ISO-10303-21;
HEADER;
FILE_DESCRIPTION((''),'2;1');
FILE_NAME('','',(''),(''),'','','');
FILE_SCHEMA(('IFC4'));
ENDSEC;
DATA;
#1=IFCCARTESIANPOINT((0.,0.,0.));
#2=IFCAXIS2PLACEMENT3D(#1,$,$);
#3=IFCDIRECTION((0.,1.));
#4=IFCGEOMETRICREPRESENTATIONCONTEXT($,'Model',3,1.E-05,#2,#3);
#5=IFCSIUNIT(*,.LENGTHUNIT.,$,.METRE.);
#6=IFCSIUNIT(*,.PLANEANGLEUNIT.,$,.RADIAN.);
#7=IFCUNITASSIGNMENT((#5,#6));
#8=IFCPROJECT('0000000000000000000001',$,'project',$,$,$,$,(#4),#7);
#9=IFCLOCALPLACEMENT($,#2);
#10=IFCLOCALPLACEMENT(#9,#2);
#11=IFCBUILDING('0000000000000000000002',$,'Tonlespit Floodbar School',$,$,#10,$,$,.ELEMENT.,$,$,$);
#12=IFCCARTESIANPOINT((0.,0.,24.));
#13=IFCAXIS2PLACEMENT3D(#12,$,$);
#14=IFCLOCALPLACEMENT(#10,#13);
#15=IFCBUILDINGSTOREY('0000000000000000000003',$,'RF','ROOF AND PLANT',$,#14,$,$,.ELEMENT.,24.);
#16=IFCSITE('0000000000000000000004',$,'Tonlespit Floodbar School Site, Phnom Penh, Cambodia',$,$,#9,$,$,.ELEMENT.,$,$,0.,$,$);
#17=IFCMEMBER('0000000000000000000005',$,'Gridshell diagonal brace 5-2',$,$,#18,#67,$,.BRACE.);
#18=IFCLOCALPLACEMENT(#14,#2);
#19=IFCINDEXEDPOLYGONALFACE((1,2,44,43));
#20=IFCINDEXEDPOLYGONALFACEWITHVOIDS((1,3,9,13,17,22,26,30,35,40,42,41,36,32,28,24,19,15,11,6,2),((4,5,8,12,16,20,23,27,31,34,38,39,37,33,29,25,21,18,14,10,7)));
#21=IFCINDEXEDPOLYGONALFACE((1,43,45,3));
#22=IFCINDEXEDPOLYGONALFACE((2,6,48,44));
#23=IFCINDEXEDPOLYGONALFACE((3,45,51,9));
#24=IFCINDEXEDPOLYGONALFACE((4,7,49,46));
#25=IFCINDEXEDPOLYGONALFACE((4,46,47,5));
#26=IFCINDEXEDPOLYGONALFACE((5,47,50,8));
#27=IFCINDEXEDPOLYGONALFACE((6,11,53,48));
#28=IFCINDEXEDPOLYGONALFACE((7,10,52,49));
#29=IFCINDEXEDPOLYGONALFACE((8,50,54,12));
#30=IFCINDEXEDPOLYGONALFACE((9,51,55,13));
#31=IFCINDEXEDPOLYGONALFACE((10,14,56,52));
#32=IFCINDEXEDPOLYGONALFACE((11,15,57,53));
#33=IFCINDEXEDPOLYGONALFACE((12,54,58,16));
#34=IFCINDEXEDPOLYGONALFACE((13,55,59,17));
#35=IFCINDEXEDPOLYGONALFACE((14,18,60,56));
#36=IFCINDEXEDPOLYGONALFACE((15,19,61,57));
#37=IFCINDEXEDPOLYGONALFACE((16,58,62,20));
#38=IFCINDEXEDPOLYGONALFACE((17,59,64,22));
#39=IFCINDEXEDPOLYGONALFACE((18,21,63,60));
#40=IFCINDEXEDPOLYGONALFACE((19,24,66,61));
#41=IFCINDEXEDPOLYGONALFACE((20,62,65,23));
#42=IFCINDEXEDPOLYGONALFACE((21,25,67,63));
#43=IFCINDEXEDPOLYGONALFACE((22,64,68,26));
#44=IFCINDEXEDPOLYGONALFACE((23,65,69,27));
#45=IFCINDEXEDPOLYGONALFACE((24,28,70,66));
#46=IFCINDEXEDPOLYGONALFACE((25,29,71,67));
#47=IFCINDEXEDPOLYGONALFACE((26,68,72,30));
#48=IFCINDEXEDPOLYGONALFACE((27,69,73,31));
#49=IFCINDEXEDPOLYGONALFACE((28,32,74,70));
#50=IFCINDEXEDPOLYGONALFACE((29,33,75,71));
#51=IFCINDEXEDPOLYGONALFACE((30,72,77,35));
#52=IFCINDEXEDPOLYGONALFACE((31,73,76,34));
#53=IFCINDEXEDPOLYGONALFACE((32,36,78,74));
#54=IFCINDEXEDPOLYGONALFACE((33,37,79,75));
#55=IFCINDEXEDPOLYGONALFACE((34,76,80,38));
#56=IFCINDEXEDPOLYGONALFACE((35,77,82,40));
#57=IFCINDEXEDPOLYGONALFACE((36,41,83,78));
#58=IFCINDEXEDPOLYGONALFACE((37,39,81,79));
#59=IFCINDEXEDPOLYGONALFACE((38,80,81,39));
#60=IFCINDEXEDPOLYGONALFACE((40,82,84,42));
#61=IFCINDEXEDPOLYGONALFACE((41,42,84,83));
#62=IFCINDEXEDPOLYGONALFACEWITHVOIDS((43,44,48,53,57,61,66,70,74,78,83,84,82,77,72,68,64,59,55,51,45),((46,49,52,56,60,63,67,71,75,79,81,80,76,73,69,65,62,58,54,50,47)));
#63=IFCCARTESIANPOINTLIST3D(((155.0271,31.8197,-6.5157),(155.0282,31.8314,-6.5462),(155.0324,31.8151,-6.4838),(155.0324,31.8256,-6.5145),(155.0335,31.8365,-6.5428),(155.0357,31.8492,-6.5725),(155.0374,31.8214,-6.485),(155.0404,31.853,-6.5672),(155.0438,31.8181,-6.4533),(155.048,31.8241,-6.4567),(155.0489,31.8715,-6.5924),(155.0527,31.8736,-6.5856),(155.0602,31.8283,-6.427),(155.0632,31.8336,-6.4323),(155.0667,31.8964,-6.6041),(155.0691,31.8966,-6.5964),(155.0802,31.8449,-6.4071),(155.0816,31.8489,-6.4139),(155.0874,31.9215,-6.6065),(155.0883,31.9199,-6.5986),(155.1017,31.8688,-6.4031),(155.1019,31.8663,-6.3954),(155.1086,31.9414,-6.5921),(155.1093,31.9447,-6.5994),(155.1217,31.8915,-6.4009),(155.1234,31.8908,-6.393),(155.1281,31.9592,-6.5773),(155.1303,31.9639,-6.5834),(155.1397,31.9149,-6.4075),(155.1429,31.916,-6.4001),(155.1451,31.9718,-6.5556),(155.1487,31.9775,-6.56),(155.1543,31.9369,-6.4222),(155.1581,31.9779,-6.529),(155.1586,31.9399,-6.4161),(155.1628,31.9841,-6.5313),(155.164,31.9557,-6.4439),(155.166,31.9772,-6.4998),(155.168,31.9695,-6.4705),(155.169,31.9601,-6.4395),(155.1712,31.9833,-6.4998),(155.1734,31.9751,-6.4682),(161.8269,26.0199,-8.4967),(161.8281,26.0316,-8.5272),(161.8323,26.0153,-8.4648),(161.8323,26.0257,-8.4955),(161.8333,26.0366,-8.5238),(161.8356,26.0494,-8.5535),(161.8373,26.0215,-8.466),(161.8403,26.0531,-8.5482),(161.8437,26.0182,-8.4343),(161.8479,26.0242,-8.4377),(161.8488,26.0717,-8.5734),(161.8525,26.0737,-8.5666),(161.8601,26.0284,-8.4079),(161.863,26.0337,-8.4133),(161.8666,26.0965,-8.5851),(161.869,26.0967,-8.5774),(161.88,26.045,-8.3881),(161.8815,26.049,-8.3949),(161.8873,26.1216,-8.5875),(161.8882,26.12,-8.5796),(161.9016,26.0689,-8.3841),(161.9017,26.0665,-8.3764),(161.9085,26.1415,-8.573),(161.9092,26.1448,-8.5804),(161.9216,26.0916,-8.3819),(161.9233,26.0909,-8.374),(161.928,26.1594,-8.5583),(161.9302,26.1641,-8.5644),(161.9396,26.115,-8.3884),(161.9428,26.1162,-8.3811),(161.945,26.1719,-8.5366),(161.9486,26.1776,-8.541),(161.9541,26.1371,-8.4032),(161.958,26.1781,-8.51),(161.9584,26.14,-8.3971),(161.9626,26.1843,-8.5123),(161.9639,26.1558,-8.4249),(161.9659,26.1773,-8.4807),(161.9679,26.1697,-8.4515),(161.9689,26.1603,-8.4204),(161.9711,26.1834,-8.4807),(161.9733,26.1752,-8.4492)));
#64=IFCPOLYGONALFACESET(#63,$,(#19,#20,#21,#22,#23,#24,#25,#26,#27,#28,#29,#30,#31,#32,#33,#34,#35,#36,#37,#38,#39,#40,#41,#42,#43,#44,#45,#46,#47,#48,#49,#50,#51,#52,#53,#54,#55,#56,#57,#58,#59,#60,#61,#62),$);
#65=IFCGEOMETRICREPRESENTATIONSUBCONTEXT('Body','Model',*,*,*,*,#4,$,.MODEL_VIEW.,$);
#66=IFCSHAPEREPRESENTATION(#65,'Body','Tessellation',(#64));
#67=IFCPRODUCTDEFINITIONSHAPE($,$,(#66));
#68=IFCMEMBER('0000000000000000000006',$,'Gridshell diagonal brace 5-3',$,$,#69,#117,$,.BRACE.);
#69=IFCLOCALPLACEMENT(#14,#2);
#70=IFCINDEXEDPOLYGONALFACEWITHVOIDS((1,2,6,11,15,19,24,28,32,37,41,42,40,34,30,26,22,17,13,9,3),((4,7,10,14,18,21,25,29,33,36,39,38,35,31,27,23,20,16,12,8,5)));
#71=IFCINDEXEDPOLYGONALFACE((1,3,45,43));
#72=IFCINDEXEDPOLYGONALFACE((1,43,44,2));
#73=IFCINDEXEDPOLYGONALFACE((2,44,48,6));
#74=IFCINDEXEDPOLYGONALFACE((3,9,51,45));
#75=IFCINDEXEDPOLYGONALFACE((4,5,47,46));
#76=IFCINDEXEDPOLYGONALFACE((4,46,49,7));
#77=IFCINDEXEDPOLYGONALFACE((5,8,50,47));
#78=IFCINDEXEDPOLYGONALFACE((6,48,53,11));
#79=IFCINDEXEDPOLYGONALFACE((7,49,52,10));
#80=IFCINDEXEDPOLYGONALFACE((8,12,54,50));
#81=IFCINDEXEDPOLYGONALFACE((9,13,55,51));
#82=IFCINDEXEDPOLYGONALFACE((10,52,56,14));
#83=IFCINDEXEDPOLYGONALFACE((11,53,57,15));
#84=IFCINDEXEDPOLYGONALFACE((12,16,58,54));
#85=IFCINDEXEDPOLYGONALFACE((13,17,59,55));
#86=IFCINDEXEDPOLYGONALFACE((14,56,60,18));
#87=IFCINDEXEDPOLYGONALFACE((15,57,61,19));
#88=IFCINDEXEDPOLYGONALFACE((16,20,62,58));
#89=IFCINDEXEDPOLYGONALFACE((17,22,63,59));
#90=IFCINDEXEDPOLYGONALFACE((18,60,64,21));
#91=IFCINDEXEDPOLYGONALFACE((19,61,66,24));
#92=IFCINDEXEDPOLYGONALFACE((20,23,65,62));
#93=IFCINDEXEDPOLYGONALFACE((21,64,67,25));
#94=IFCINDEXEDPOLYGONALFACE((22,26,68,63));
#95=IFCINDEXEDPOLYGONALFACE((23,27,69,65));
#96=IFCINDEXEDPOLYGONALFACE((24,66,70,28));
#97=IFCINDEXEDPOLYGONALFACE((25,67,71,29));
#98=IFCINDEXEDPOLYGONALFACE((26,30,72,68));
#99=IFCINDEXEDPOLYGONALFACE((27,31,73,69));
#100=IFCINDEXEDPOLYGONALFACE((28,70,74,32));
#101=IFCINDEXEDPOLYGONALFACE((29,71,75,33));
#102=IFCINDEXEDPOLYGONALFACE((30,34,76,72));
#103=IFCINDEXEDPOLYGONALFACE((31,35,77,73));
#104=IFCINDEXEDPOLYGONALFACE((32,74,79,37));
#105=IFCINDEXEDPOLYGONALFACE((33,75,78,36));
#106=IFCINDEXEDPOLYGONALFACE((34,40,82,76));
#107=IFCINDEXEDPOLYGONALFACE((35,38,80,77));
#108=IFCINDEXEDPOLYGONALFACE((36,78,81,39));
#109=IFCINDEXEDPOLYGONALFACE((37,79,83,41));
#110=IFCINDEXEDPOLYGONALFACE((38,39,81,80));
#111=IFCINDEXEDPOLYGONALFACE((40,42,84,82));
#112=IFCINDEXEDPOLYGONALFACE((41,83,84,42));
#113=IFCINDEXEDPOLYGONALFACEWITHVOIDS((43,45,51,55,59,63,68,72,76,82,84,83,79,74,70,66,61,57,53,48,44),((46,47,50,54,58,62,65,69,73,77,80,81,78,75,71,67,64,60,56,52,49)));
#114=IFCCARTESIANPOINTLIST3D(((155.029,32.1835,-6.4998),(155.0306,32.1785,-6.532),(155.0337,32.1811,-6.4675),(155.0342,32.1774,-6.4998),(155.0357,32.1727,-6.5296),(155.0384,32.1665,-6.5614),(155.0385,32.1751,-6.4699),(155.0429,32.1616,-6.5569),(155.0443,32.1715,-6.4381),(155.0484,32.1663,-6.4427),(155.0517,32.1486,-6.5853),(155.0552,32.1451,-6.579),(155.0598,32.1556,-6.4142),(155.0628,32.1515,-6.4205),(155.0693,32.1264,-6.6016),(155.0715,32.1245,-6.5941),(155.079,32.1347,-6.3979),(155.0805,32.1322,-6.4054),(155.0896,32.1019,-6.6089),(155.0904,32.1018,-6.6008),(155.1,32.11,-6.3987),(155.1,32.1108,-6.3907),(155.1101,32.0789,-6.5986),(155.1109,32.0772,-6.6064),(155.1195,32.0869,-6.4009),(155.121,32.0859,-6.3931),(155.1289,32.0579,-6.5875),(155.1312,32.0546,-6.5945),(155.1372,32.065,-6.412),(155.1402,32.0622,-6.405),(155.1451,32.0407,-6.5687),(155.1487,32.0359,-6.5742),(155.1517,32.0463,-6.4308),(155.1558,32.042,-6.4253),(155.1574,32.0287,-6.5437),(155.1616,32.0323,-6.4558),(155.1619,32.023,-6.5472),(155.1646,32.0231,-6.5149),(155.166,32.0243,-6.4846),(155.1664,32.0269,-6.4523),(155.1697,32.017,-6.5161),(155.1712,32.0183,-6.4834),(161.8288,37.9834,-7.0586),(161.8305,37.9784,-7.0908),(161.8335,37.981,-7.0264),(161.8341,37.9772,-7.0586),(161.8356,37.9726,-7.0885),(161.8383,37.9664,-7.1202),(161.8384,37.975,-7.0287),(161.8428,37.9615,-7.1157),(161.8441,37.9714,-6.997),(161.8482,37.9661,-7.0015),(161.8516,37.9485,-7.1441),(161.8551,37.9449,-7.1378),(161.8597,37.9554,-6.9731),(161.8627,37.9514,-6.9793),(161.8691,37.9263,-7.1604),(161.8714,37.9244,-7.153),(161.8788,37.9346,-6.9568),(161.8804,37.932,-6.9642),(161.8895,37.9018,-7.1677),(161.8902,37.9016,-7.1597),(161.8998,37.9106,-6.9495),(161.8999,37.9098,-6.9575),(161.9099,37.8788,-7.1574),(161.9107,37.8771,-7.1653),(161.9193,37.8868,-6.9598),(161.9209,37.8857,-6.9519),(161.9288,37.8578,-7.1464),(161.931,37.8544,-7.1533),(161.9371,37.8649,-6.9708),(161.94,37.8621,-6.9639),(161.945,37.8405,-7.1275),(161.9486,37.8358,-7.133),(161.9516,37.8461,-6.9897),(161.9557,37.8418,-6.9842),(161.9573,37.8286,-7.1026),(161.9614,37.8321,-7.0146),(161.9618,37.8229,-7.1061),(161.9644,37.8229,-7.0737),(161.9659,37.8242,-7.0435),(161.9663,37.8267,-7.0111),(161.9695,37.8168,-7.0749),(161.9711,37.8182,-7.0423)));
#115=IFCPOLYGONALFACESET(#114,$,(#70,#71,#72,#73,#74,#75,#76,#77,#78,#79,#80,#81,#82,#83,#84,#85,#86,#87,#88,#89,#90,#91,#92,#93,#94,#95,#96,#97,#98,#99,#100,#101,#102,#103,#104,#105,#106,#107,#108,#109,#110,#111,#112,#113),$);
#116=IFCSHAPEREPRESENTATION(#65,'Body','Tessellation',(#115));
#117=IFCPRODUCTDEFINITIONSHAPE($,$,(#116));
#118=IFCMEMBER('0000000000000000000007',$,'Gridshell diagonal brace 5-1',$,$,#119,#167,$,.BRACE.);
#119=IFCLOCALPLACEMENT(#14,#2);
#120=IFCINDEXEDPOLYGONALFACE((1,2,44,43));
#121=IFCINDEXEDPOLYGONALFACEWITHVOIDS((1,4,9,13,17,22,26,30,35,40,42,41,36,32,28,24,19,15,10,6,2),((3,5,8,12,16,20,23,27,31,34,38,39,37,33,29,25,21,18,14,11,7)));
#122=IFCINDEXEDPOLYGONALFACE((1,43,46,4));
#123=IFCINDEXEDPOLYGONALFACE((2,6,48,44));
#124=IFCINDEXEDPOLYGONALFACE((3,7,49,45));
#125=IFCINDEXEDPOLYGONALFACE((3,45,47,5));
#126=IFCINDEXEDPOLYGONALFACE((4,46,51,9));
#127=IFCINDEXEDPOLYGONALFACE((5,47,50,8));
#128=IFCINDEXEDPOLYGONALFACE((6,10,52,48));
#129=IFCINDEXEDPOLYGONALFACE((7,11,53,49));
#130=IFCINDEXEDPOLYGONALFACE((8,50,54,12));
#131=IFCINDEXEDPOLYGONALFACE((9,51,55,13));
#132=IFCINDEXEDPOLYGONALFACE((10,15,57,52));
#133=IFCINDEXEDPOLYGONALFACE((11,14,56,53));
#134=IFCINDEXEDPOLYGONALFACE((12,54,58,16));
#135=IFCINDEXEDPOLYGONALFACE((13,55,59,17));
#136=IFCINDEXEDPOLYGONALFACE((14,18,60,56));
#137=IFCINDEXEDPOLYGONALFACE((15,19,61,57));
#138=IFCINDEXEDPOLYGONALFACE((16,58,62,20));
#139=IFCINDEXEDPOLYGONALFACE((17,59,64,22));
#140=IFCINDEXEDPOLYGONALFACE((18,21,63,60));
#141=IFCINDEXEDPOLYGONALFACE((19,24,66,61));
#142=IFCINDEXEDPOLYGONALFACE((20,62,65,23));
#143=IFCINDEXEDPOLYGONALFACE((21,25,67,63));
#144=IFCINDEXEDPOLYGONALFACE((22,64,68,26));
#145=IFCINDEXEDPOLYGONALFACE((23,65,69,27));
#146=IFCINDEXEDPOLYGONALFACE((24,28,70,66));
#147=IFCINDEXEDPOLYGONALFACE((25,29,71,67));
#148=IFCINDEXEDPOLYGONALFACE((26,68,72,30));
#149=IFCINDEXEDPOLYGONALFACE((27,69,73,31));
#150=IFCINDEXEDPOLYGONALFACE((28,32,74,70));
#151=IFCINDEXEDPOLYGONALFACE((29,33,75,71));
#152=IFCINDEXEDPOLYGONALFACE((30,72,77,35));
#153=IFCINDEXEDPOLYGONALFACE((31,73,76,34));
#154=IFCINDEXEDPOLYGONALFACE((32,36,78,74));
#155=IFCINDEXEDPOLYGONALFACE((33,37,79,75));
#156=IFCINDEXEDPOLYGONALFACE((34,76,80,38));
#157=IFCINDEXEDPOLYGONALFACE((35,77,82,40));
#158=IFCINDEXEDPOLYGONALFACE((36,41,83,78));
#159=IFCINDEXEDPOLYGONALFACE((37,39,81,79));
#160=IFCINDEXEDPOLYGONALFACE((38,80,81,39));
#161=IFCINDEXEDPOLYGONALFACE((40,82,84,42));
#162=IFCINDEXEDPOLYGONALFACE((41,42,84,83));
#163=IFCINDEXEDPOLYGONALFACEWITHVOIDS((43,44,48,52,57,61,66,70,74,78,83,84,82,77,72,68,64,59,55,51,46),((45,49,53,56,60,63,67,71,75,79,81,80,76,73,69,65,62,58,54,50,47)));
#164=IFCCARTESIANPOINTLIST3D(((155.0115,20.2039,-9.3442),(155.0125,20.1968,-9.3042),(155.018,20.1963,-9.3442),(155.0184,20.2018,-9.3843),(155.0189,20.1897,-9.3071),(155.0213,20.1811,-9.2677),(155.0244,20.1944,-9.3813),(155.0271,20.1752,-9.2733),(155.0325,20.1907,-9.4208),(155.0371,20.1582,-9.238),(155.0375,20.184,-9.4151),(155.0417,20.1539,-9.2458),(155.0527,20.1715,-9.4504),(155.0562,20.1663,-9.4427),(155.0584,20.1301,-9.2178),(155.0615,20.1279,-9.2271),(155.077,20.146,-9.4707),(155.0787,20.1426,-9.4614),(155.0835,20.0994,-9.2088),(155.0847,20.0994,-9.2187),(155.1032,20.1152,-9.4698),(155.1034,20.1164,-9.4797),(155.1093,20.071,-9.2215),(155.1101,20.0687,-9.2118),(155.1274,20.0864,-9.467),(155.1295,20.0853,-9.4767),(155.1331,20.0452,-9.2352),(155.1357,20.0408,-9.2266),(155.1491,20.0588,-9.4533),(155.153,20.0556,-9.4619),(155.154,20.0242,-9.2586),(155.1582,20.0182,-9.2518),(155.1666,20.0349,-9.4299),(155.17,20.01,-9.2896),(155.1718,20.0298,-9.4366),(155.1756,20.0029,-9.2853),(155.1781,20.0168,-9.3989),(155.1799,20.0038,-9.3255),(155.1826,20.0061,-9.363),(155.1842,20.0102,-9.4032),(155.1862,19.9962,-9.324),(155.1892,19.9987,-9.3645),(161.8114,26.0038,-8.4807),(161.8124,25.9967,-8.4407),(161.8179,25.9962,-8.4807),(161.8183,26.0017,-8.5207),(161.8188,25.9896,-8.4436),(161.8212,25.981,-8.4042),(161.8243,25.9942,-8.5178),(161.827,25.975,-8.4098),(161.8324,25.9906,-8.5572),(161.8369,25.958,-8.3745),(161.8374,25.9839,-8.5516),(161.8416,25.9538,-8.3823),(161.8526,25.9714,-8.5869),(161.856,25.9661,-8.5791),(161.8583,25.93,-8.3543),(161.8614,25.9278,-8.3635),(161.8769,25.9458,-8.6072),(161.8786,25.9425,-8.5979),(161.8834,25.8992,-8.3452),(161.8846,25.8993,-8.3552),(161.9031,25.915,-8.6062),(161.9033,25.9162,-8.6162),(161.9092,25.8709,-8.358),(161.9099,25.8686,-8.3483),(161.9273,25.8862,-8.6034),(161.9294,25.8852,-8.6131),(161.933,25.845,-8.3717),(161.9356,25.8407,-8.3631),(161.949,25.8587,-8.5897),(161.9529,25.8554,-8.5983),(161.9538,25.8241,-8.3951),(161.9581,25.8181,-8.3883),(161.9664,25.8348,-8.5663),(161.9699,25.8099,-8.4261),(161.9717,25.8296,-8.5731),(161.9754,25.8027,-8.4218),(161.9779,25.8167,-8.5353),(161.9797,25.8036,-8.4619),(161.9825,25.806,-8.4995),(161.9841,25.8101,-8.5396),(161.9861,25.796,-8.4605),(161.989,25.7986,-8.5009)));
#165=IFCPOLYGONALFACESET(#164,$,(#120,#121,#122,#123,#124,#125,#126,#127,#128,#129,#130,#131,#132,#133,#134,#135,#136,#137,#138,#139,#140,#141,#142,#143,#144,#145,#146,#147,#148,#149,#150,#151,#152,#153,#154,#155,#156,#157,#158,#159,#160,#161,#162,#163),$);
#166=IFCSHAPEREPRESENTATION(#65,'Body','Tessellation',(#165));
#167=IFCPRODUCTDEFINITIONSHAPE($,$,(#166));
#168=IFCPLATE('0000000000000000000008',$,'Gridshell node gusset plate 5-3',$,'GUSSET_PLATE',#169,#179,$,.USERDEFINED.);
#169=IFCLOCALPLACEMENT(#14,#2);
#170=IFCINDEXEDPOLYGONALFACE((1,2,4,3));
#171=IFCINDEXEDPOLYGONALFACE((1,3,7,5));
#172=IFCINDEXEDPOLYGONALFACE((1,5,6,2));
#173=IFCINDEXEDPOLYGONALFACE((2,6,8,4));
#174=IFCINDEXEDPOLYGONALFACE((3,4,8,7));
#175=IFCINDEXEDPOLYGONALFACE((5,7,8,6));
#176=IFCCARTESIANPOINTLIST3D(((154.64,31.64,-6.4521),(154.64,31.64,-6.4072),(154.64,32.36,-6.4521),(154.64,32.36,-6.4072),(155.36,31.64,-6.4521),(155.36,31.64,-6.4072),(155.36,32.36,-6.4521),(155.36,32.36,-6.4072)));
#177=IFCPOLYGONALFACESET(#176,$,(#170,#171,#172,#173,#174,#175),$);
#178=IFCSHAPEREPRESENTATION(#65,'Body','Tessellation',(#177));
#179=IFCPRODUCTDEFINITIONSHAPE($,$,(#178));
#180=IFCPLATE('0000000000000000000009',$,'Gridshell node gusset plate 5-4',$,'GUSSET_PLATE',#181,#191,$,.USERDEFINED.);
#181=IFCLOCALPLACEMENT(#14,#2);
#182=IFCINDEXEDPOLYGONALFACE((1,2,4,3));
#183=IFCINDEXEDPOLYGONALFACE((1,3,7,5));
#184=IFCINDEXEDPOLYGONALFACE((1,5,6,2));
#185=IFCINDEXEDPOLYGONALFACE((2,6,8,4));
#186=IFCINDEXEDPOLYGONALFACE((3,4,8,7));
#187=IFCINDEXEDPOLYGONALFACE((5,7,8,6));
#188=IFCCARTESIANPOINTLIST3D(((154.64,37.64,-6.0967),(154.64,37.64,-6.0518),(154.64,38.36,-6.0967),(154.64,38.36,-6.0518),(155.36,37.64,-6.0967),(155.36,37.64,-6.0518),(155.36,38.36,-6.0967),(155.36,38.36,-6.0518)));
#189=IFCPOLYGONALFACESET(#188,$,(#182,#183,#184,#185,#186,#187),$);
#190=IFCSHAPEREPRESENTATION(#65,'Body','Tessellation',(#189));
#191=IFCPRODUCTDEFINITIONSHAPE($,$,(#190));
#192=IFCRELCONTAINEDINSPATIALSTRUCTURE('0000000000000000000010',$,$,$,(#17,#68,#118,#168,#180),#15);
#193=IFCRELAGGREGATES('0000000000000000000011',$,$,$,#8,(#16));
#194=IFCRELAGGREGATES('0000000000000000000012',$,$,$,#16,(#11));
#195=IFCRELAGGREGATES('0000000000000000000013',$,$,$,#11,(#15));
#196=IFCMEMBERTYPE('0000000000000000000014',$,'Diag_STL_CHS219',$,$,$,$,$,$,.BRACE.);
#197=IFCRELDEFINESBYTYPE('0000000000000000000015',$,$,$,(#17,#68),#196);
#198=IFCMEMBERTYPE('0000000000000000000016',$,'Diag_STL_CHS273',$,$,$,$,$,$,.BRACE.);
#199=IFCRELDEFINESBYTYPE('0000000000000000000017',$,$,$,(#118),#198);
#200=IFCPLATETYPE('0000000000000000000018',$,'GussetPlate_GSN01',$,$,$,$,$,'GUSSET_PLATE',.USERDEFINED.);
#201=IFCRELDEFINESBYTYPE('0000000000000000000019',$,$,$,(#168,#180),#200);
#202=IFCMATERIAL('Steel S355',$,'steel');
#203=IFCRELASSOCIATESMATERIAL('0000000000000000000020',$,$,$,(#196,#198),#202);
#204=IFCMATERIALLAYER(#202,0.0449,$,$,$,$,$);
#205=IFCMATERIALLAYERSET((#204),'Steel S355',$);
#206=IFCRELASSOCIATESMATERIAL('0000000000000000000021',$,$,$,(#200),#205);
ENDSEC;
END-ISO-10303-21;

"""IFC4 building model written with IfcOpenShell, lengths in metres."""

from ifc_helpers import new_model, si_unit, direction, frame, origin, origin_2d, place, context, subcontext, project, spatial, rectangle, hollow_circle, extrude, material, layer, layer_set, material_profile, profile_set, type_object, element, save


model = new_model("IFC4")

# Units and contexts
model_context = context("Model", 3, precision=1e-05, world=origin(), true_north=direction((0.0, 1.0)))
body_context = subcontext(model_context, "Body", "Model", "MODEL_VIEW")
ifc_project = project(units=[si_unit("LENGTHUNIT", "METRE"), si_unit("PLANEANGLEUNIT", "RADIAN")], contexts=[model_context])

# Site, building, storey
site_placement = place(None, origin())
site = spatial("IfcSite", under=ifc_project, at=site_placement, Name="Tonlespit Floodbar School Site, Phnom Penh, Cambodia", CompositionType="ELEMENT", RefElevation=0.0)
building_placement = place(site_placement, origin())
building = spatial("IfcBuilding", under=site, at=building_placement, Name="Tonlespit Floodbar School", CompositionType="ELEMENT")
storey_placement = place(building_placement, frame((0.0, 0.0, 24.0)))
storey = spatial("IfcBuildingStorey", under=building, at=storey_placement, Name="RF", Description="ROOF AND PLANT", CompositionType="ELEMENT", Elevation=24.0)

# Members
ifc_material_1 = material(Name="Steel S355", Category="steel")
ifc_material_profile_1 = material_profile(ifc_material_1, hollow_circle(Radius=0.1096, WallThickness=0.0081, at=origin_2d()), Name="CHS 219.1x8")
ifc_profile_set_1 = profile_set([ifc_material_profile_1], Name="Steel S355")
member_type_1 = type_object("IfcMemberType", Name="Diag_STL_CHS219", PredefinedType="BRACE", material=ifc_profile_set_1)
member_1_placement = place(storey_placement, frame((155.1001, 31.8999, -6.4998), z_axis=(0.742808, -0.633568, -0.216399), x_axis=(0.648945, 0.760836, 0.0)))
element("IfcMember", 1, at=member_1_placement, inside=storey, type_object=member_type_1, Name="Gridshell diagonal brace 5-2", PredefinedType="BRACE", context=body_context, shape_type="SweptSolid", body=[
    extrude(hollow_circle(Radius=0.1096, WallThickness=0.0081, at=origin_2d()), origin(), (0.0, 0.0, 1.0), 9.1543),
])
member_2_placement = place(storey_placement, frame((155.1001, 32.1001, -6.4998), z_axis=(0.759353, 0.64768, -0.062407), x_axis=(-0.648945, 0.760836, 0.0)))
element("IfcMember", 2, at=member_2_placement, inside=storey, type_object=member_type_1, Name="Gridshell diagonal brace 5-3", PredefinedType="BRACE", context=body_context, shape_type="SweptSolid", body=[
    extrude(hollow_circle(Radius=0.1096, WallThickness=0.0081, at=origin_2d()), origin(), (0.0, 0.0, 1.0), 8.9548),
])
ifc_material_profile_2 = material_profile(ifc_material_1, hollow_circle(Radius=0.1365, WallThickness=0.01, at=origin_2d()), Name="CHS 273x10")
ifc_profile_set_2 = profile_set([ifc_material_profile_2], Name="Steel S355")
member_type_2 = type_object("IfcMemberType", Name="Diag_STL_CHS273", PredefinedType="BRACE", material=ifc_profile_set_2)
member_3_placement = place(storey_placement, frame((155.1001, 20.1001, -9.3442), z_axis=(0.757309, 0.645937, 0.096173), x_axis=(-0.648945, 0.760836, 0.0)))
element("IfcMember", 3, at=member_3_placement, inside=storey, type_object=member_type_2, Name="Gridshell diagonal brace 5-1", PredefinedType="BRACE", context=body_context, shape_type="SweptSolid", body=[
    extrude(hollow_circle(Radius=0.1365, WallThickness=0.01, at=origin_2d()), origin(), (0.0, 0.0, 1.0), 8.979),
])

# Plates
ifc_layer_1 = layer(ifc_material_1, 0.0449)
ifc_layer_set_1 = layer_set([ifc_layer_1], Name="Steel S355")
plate_type_1 = type_object("IfcPlateType", Name="GussetPlate_GSN01", ElementType="GUSSET_PLATE", PredefinedType="USERDEFINED", material=ifc_layer_set_1)
for number, where, z_axis, x_axis, name in (
    (4, (155.0, 32.0, -6.4521), (0.0, 0.0, 1.0), (1.0, 0.0, 0.0), "Gridshell node gusset plate 5-3"),
    (5, (155.0, 38.0, -6.0967), (0.0, 0.0, 1.0), (1.0, 0.0, 0.0), "Gridshell node gusset plate 5-4"),
):
    element("IfcPlate", number, at=place(storey_placement, frame(where, z_axis=z_axis, x_axis=x_axis)), inside=storey, type_object=plate_type_1, Name=name, ObjectType="GUSSET_PLATE", PredefinedType="USERDEFINED", context=body_context, shape_type="SweptSolid", body=[
        extrude(rectangle(XDim=0.72, YDim=0.72, at=origin_2d()), origin(), (0.0, 0.0, 1.0), 0.0449),
    ])

save(model, "model.ifc")
